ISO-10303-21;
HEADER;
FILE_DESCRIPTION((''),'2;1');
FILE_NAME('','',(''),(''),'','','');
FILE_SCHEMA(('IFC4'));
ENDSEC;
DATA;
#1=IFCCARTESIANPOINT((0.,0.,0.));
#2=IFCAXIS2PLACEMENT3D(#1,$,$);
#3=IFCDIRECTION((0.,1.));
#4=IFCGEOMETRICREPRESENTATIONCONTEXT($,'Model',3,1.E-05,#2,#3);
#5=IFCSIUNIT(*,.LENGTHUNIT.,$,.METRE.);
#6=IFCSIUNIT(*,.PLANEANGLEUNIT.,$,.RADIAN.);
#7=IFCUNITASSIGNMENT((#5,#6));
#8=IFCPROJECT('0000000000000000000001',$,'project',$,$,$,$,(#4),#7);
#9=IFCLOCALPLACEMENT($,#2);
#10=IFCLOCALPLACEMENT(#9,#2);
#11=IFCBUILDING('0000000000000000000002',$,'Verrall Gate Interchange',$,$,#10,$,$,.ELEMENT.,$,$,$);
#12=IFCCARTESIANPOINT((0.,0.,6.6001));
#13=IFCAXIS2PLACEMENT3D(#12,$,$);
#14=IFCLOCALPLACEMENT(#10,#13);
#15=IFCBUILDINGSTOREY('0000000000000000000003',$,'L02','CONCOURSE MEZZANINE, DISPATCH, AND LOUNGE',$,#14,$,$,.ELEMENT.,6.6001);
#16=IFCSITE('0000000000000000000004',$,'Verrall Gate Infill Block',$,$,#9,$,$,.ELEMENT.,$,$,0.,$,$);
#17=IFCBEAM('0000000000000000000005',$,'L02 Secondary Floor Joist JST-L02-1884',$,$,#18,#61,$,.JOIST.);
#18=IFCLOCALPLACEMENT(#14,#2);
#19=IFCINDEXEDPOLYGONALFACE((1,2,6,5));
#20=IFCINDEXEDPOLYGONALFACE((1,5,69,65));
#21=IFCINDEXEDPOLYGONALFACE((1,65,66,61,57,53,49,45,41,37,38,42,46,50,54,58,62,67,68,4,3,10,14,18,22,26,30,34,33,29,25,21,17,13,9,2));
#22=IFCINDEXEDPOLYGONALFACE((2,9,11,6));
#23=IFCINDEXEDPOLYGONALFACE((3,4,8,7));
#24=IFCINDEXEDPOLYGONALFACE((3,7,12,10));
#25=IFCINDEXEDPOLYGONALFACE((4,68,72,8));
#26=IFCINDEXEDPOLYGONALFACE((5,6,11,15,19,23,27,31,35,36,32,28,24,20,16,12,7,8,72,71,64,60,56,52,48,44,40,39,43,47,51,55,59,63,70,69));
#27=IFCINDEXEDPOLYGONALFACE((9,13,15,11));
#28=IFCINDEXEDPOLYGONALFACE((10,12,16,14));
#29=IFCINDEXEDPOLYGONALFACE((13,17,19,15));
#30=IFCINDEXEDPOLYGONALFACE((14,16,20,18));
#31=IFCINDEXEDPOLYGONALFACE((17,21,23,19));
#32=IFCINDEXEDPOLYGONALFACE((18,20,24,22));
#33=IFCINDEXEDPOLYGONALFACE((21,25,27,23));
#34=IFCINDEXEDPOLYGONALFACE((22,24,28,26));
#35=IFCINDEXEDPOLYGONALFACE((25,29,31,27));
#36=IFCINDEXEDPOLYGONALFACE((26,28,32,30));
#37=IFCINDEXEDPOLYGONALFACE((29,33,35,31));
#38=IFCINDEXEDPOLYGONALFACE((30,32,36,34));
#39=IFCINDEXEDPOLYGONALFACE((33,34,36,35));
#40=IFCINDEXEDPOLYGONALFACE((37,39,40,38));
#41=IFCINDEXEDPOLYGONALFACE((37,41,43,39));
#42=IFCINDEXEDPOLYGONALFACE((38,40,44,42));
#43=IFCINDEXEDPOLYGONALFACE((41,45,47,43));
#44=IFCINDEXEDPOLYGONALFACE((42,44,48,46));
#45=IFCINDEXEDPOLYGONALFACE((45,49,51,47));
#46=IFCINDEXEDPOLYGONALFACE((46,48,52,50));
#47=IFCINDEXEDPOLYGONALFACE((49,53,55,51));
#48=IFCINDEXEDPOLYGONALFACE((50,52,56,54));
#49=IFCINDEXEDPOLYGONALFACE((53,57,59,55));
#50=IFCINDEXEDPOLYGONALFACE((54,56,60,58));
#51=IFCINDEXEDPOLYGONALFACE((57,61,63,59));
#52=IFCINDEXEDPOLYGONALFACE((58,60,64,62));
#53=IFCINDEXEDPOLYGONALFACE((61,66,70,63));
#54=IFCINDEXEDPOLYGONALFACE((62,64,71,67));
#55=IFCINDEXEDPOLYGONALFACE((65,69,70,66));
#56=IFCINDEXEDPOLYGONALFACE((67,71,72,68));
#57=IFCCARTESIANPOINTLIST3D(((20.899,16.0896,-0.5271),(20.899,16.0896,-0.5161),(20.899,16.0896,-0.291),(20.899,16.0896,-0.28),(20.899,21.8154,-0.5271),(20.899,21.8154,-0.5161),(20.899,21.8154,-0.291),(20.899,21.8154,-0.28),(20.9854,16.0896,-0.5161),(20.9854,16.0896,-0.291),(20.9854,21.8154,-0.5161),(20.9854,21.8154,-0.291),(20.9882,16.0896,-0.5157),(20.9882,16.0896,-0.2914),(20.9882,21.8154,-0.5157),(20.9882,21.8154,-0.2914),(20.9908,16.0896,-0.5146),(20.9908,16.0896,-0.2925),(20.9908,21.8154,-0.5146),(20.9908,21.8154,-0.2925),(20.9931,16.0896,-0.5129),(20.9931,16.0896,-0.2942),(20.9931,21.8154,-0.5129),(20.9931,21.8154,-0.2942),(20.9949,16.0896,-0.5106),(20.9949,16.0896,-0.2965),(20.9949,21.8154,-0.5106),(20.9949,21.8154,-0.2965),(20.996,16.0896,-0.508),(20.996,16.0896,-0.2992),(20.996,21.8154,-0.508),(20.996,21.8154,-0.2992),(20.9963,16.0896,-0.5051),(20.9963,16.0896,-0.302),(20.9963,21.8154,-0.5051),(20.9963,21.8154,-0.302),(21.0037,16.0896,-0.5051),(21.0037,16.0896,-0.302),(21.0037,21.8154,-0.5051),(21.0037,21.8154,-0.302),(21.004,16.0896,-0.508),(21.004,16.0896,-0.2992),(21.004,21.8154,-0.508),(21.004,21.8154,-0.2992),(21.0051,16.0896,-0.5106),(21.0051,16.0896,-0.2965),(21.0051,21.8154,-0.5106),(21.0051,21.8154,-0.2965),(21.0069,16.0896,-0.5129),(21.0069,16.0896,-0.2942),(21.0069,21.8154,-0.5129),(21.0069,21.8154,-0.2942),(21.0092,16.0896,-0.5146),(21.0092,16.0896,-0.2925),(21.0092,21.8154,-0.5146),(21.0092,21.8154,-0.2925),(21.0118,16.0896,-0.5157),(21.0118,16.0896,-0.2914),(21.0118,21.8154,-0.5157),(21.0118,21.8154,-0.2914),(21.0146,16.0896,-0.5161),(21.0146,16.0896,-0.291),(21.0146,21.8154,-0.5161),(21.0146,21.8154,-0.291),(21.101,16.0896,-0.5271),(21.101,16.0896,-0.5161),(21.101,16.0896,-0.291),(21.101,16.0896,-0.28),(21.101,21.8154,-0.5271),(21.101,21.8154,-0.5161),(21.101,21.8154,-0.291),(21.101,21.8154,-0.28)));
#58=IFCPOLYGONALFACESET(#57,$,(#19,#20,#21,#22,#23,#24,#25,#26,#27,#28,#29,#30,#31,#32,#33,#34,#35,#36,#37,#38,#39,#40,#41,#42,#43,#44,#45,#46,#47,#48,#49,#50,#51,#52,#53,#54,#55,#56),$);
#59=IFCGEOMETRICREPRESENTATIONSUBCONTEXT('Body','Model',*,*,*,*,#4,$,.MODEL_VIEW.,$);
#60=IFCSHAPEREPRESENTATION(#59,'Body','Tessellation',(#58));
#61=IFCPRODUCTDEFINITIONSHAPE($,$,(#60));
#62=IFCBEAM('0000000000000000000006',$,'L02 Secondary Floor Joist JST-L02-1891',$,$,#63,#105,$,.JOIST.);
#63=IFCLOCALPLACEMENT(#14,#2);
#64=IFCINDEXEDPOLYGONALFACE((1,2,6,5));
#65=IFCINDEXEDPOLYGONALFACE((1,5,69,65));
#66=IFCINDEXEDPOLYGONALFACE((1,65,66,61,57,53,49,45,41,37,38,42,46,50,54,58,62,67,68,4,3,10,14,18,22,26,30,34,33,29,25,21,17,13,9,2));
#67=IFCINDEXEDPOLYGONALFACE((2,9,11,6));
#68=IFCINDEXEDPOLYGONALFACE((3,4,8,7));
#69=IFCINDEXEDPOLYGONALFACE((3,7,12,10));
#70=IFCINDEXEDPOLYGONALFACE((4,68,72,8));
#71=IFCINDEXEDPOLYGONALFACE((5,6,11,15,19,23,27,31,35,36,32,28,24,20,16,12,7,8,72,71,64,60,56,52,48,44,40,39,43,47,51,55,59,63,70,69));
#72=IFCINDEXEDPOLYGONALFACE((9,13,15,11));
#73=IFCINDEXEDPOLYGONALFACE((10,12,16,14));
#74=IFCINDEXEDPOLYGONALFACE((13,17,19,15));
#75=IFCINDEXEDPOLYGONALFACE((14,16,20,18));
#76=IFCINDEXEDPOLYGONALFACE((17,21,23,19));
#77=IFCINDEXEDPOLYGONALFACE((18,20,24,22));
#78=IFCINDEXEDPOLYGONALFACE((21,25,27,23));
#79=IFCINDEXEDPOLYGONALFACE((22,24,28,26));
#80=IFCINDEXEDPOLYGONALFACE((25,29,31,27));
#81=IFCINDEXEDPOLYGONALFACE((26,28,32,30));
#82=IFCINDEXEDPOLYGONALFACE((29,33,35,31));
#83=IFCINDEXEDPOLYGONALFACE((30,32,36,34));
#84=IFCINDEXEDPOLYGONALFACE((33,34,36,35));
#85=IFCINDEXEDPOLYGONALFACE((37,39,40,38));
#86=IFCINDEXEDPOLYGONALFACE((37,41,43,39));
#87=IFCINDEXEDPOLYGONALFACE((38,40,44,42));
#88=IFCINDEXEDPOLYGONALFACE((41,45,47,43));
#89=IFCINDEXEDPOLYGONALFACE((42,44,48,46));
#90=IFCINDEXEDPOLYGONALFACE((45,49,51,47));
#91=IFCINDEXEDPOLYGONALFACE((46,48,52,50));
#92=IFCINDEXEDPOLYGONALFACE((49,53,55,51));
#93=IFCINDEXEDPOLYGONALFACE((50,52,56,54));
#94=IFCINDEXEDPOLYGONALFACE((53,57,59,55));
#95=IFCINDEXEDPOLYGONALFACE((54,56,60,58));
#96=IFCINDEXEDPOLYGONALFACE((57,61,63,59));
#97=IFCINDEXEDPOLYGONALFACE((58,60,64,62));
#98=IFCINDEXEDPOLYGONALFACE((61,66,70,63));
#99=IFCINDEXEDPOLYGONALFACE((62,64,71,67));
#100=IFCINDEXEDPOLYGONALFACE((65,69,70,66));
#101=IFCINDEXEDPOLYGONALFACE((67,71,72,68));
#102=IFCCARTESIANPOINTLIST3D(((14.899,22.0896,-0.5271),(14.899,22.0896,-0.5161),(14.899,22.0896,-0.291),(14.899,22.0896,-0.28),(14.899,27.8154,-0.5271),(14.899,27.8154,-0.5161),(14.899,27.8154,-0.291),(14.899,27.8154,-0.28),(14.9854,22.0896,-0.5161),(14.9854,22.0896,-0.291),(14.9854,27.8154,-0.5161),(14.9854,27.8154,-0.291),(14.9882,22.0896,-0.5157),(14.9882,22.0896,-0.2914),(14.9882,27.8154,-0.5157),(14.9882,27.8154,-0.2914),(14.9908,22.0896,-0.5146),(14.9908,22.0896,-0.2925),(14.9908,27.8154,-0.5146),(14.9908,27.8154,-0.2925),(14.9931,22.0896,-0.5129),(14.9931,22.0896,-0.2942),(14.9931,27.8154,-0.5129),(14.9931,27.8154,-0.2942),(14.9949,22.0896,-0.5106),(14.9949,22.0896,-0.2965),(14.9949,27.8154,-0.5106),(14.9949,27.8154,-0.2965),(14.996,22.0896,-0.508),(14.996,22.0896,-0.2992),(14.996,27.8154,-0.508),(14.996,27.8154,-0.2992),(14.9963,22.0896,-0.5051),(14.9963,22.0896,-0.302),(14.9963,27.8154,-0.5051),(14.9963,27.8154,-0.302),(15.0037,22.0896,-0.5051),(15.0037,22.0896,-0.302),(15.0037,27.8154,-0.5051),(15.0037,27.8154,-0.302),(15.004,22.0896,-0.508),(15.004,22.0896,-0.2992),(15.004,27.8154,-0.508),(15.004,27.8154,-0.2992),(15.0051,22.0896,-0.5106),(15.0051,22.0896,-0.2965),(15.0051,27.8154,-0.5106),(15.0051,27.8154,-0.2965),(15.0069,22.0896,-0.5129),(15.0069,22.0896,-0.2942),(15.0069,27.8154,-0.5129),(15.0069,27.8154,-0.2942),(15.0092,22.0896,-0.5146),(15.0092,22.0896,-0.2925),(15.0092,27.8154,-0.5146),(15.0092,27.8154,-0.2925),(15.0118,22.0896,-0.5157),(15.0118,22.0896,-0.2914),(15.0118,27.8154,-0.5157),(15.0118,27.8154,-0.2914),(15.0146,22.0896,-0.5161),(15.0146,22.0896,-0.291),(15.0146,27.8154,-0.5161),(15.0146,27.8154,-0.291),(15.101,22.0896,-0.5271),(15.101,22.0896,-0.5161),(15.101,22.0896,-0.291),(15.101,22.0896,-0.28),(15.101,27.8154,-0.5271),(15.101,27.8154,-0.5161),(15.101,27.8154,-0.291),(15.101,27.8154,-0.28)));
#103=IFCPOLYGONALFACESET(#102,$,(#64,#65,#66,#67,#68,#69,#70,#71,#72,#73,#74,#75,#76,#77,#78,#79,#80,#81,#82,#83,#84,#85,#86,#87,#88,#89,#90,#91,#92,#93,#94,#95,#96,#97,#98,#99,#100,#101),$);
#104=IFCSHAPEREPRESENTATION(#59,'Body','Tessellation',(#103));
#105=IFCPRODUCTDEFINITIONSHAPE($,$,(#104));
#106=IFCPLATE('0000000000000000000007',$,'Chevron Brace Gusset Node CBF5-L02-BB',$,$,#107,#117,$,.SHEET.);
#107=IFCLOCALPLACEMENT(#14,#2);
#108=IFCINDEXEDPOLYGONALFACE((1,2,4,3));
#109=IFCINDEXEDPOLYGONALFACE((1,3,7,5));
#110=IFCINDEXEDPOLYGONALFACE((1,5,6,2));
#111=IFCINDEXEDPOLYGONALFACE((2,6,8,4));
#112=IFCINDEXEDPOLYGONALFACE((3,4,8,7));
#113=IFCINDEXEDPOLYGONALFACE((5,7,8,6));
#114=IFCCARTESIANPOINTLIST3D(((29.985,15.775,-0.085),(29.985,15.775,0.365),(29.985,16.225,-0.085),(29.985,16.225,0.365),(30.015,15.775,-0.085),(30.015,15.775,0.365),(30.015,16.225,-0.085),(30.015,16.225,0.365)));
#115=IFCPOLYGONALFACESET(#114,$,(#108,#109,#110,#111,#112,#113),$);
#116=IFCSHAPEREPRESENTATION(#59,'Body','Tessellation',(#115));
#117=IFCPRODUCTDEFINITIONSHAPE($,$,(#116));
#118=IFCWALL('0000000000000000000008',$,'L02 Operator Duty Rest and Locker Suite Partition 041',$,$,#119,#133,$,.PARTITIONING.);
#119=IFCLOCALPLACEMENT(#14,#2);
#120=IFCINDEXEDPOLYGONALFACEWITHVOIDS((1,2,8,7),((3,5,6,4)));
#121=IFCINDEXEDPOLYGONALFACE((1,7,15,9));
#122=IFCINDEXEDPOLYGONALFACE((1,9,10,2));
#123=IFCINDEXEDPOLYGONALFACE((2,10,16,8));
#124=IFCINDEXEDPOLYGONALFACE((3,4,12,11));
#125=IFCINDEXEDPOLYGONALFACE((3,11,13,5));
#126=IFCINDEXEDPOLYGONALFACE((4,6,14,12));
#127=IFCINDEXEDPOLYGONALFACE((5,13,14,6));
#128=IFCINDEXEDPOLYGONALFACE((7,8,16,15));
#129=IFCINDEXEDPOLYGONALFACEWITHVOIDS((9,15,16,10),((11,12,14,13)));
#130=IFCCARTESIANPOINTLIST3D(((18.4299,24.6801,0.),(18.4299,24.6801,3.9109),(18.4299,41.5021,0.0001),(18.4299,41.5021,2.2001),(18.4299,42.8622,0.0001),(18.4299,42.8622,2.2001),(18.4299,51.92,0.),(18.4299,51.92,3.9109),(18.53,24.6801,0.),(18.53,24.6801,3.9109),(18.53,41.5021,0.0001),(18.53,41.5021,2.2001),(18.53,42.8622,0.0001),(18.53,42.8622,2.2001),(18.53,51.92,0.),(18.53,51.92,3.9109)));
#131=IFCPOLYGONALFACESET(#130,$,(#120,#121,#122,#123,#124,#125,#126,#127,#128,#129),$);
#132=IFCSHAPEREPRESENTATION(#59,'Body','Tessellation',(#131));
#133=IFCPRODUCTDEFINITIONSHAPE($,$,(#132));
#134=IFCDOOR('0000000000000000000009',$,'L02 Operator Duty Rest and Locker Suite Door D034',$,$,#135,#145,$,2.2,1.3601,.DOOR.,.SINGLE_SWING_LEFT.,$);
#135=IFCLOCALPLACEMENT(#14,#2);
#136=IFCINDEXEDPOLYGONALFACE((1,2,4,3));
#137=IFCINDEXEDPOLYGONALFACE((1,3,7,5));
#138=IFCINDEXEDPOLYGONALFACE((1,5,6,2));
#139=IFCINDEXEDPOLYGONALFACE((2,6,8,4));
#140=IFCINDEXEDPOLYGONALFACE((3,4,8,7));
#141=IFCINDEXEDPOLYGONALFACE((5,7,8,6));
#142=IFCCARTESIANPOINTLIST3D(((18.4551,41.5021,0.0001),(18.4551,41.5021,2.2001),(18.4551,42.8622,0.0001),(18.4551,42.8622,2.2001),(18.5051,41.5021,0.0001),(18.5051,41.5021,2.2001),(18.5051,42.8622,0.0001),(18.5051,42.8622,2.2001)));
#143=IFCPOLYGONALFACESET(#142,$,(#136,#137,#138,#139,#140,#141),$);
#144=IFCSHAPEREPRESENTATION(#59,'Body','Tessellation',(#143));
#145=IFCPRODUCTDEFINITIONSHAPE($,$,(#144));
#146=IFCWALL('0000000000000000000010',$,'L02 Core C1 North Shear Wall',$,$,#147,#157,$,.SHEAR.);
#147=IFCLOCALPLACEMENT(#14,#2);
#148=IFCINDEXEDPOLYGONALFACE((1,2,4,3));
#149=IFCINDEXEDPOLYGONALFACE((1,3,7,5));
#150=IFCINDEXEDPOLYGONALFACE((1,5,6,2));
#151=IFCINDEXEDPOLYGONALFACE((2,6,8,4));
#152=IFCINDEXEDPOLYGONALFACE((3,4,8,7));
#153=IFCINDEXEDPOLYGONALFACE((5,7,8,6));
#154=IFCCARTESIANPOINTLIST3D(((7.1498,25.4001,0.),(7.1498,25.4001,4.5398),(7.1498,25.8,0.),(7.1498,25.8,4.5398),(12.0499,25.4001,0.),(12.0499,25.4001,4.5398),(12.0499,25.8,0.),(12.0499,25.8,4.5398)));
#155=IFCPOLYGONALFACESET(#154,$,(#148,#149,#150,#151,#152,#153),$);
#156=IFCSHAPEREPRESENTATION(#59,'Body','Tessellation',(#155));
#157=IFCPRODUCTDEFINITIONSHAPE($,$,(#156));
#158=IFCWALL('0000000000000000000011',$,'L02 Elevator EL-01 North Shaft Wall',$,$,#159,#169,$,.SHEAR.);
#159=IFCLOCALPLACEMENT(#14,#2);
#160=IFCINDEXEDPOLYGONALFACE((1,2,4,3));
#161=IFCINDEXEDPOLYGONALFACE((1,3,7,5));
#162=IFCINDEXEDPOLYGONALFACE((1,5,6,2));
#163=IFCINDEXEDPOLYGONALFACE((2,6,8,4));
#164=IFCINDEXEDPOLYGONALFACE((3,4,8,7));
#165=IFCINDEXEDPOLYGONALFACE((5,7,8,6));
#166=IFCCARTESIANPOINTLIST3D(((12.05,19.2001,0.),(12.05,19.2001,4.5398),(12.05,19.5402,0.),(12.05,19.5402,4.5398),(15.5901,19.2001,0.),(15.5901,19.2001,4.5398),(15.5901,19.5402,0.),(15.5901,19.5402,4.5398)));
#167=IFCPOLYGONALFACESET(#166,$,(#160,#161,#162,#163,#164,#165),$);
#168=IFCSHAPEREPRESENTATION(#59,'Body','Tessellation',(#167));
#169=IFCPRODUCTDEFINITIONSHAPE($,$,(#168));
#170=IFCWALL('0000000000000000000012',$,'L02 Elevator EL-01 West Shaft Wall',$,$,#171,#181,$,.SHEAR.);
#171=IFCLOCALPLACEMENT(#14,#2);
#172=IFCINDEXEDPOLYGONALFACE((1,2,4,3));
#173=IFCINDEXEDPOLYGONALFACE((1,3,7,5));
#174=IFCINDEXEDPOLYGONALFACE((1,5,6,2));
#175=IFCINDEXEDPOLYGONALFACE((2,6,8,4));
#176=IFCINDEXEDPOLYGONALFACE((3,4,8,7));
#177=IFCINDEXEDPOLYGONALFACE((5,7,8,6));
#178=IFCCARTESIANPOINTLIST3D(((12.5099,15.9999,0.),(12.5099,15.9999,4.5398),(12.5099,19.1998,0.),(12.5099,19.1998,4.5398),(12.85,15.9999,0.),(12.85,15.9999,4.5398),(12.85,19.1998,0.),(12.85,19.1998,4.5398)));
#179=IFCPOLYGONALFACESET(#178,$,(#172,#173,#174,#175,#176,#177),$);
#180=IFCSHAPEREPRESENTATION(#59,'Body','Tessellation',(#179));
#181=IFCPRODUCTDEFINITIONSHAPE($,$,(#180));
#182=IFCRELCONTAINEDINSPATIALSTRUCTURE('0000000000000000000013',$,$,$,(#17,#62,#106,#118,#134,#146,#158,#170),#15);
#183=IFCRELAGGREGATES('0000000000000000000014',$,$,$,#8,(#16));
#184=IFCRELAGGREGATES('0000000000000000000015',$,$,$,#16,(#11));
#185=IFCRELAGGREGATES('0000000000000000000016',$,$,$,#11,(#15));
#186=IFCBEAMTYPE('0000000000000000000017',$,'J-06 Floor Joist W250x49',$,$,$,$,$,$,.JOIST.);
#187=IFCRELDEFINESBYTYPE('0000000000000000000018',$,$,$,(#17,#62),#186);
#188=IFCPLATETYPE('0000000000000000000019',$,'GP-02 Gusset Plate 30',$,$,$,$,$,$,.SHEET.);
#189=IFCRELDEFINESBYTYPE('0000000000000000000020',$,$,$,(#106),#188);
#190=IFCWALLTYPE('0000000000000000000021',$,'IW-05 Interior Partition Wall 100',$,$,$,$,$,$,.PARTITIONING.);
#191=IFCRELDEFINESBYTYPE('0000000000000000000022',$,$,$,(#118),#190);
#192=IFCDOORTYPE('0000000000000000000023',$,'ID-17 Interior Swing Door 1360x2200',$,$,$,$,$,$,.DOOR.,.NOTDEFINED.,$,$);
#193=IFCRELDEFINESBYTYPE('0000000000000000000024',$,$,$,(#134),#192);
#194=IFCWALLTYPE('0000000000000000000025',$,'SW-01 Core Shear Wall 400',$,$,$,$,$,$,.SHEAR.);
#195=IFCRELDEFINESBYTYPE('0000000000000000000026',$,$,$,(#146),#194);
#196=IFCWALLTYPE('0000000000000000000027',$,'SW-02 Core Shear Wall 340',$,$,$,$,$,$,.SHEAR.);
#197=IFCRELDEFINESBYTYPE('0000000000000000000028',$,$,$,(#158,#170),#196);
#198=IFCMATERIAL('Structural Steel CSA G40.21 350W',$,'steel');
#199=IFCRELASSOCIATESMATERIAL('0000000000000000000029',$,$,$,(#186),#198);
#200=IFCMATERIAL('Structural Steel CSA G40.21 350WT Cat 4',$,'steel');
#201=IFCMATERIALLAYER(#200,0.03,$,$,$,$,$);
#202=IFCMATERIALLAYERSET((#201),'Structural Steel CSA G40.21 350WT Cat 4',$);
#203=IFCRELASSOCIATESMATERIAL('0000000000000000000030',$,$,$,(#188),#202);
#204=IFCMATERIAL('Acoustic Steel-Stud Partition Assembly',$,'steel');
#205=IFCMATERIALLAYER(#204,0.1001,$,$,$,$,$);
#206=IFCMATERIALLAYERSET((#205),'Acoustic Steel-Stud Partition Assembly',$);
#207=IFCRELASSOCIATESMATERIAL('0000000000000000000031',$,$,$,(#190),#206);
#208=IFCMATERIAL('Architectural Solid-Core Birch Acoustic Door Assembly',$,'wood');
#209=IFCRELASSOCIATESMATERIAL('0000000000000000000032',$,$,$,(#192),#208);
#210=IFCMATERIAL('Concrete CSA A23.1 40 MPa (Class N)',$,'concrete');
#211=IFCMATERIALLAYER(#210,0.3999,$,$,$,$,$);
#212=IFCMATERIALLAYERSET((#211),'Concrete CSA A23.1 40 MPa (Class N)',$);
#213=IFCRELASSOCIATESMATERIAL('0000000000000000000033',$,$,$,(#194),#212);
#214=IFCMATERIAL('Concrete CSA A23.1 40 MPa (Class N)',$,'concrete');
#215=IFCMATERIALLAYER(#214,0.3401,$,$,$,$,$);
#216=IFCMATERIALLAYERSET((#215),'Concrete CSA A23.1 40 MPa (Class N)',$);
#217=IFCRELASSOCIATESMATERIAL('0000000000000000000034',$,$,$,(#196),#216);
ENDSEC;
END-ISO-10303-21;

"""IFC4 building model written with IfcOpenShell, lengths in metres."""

from ifc_helpers import new_model, si_unit, direction, frame, frame_2d, origin, origin_2d, place, context, subcontext, project, spatial, rectangle, i_section, extrude, material, layer, layer_set, material_profile, profile_set, type_object, element, fill, save


model = new_model("IFC4")

# Units and contexts
model_context = context("Model", 3, precision=1e-05, world=origin(), true_north=direction((0.0, 1.0)))
body_context = subcontext(model_context, "Body", "Model", "MODEL_VIEW")
ifc_project = project(units=[si_unit("LENGTHUNIT", "METRE"), si_unit("PLANEANGLEUNIT", "RADIAN")], contexts=[model_context])

# Site, building, storey
site_placement = place(None, origin())
site = spatial("IfcSite", under=ifc_project, at=site_placement, Name="Verrall Gate Infill Block", CompositionType="ELEMENT", RefElevation=0.0)
building_placement = place(site_placement, origin())
building = spatial("IfcBuilding", under=site, at=building_placement, Name="Verrall Gate Interchange", CompositionType="ELEMENT")
storey_placement = place(building_placement, frame((0.0, 0.0, 6.6001)))
storey = spatial("IfcBuildingStorey", under=building, at=storey_placement, Name="L02", Description="CONCOURSE MEZZANINE, DISPATCH, AND LOUNGE", CompositionType="ELEMENT", Elevation=6.6001)

# Beams
ifc_material_1 = material(Name="Structural Steel CSA G40.21 350W", Category="steel")
ifc_material_profile_1 = material_profile(ifc_material_1, i_section(OverallWidth=0.2019, OverallDepth=0.2471, WebThickness=0.0073, FlangeThickness=0.011, FilletRadius=0.011, at=origin_2d()), Name="W250x49")
ifc_profile_set_1 = profile_set([ifc_material_profile_1], Name="Structural Steel CSA G40.21 350W")
beam_type_1 = type_object("IfcBeamType", Name="J-06 Floor Joist W250x49", PredefinedType="JOIST", material=ifc_profile_set_1)
for number, where, z_axis, x_axis, name in (
    (1, (21.0, 16.0896, -0.4036), (0.0, 1.0, 0.0), (-1.0, 0.0, 0.0), "L02 Secondary Floor Joist JST-L02-1884"),
    (2, (15.0, 22.0896, -0.4036), (0.0, 1.0, 0.0), (-1.0, 0.0, 0.0), "L02 Secondary Floor Joist JST-L02-1891"),
):
    element("IfcBeam", number, at=place(storey_placement, frame(where, z_axis=z_axis, x_axis=x_axis)), inside=storey, type_object=beam_type_1, Name=name, PredefinedType="JOIST", context=body_context, shape_type="SweptSolid", body=[
        extrude(i_section(OverallWidth=0.2019, OverallDepth=0.2471, WebThickness=0.0073, FlangeThickness=0.011, FilletRadius=0.011, at=origin_2d()), origin(), (0.0, 0.0, 1.0), 5.7258),
    ])

# Plate
ifc_material_2 = material(Name="Structural Steel CSA G40.21 350WT Cat 4", Category="steel")
ifc_layer_1 = layer(ifc_material_2, 0.03)
ifc_layer_set_1 = layer_set([ifc_layer_1], Name="Structural Steel CSA G40.21 350WT Cat 4")
plate_type = type_object("IfcPlateType", Name="GP-02 Gusset Plate 30", PredefinedType="SHEET", material=ifc_layer_set_1)
plate_placement = place(storey_placement, frame((30.0, 16.0, -0.085), z_axis=(0.0, 0.0, 1.0), x_axis=(1.0, 0.0, 0.0)))
element("IfcPlate", 3, at=plate_placement, inside=storey, type_object=plate_type, Name="Chevron Brace Gusset Node CBF5-L02-BB", PredefinedType="SHEET", context=body_context, shape_type="SweptSolid", body=[
    extrude(rectangle(XDim=0.03, YDim=0.45, at=origin_2d()), origin(), (0.0, 0.0, 1.0), 0.45),
])

# Wall, opening, door
ifc_material_3 = material(Name="Acoustic Steel-Stud Partition Assembly", Category="steel")
ifc_layer_2 = layer(ifc_material_3, 0.1001)
ifc_layer_set_2 = layer_set([ifc_layer_2], Name="Acoustic Steel-Stud Partition Assembly")
wall_type_1 = type_object("IfcWallType", Name="IW-05 Interior Partition Wall 100", PredefinedType="PARTITIONING", material=ifc_layer_set_2)
wall_1_placement = place(storey_placement, frame((18.48, 24.6799, 0.0), z_axis=(0.0, 0.0, 1.0), x_axis=(0.0, 1.0, 0.0)))
wall_1 = element("IfcWall", 4, at=wall_1_placement, inside=storey, type_object=wall_type_1, Name="L02 Operator Duty Rest and Locker Suite Partition 041", PredefinedType="PARTITIONING", context=body_context, shape_type="SweptSolid", body=[
    extrude(rectangle(XDim=27.24, YDim=0.1001, at=frame_2d((13.6201, 0.0))), origin(), (0.0, 0.0, 1.0), 3.9109),
])
opening_1_placement = place(wall_1_placement, frame((16.822, 0.0, 0.0)))
opening_1 = element("IfcOpeningElement", 5, at=opening_1_placement, cuts=wall_1, PredefinedType="OPENING", context=body_context, shape_type="SweptSolid", body=[
    extrude(rectangle(XDim=1.3601, YDim=2.2, at=frame_2d((0.6802, 1.1001))), frame((0.0, 0.0649, 0.0), z_axis=(0.0, -1.0, 0.0), x_axis=(1.0, 0.0, 0.0)), (0.0, 0.0, 1.0), 0.1299),
])
ifc_material_4 = material(Name="Architectural Solid-Core Birch Acoustic Door Assembly", Category="wood")
door_type_1 = type_object("IfcDoorType", Name="ID-17 Interior Swing Door 1360x2200", OperationType="NOTDEFINED", PredefinedType="DOOR", material=ifc_material_4)
door_1_placement = place(opening_1_placement, origin())
door_1 = element("IfcDoor", 6, at=door_1_placement, inside=storey, type_object=door_type_1, Name="L02 Operator Duty Rest and Locker Suite Door D034", OperationType="SINGLE_SWING_LEFT", OverallHeight=2.2, OverallWidth=1.3601, PredefinedType="DOOR", context=body_context, shape_type="SweptSolid", body=[
    extrude(rectangle(XDim=1.3601, YDim=2.2, at=frame_2d((0.6802, 1.1001))), frame((0.0, 0.0249, 0.0), z_axis=(0.0, -1.0, 0.0), x_axis=(1.0, 0.0, 0.0)), (0.0, 0.0, 1.0), 0.05),
])
fill(opening_1, door_1)

# Walls
ifc_material_5 = material(Name="Concrete CSA A23.1 40 MPa (Class N)", Category="concrete")
ifc_layer_3 = layer(ifc_material_5, 0.3999)
ifc_layer_set_3 = layer_set([ifc_layer_3], Name="Concrete CSA A23.1 40 MPa (Class N)")
wall_type_2 = type_object("IfcWallType", Name="SW-01 Core Shear Wall 400", PredefinedType="SHEAR", material=ifc_layer_set_3)
wall_2_placement = place(storey_placement, frame((12.05, 25.6001, 0.0), z_axis=(0.0, 0.0, 1.0), x_axis=(-1.0, 0.0, 0.0)))
element("IfcWall", 7, at=wall_2_placement, inside=storey, type_object=wall_type_2, Name="L02 Core C1 North Shear Wall", PredefinedType="SHEAR", context=body_context, shape_type="SweptSolid", body=[
    extrude(rectangle(XDim=4.9001, YDim=0.3999, at=frame_2d((2.4502, 0.0))), origin(), (0.0, 0.0, 1.0), 4.5398),
])
ifc_material_6 = material(Name="Concrete CSA A23.1 40 MPa (Class N)", Category="concrete")
ifc_layer_4 = layer(ifc_material_6, 0.3401)
ifc_layer_set_4 = layer_set([ifc_layer_4], Name="Concrete CSA A23.1 40 MPa (Class N)")
wall_type_3 = type_object("IfcWallType", Name="SW-02 Core Shear Wall 340", PredefinedType="SHEAR", material=ifc_layer_set_4)
wall_3_placement = place(storey_placement, frame((15.5901, 19.3701, 0.0), z_axis=(0.0, 0.0, 1.0), x_axis=(-1.0, 0.0, 0.0)))
element("IfcWall", 8, at=wall_3_placement, inside=storey, type_object=wall_type_3, Name="L02 Elevator EL-01 North Shaft Wall", PredefinedType="SHEAR", context=body_context, shape_type="SweptSolid", body=[
    extrude(rectangle(XDim=3.54, YDim=0.3401, at=frame_2d((1.77, 0.0))), origin(), (0.0, 0.0, 1.0), 4.5398),
])
wall_4_placement = place(storey_placement, frame((12.6799, 19.2, 0.0), z_axis=(0.0, 0.0, 1.0), x_axis=(0.0, -1.0, 0.0)))
element("IfcWall", 9, at=wall_4_placement, inside=storey, type_object=wall_type_3, Name="L02 Elevator EL-01 West Shaft Wall", PredefinedType="SHEAR", context=body_context, shape_type="SweptSolid", body=[
    extrude(rectangle(XDim=3.2, YDim=0.3401, at=frame_2d((1.6001, 0.0))), origin(), (0.0, 0.0, 1.0), 4.5398),
])

save(model, "model.ifc")
